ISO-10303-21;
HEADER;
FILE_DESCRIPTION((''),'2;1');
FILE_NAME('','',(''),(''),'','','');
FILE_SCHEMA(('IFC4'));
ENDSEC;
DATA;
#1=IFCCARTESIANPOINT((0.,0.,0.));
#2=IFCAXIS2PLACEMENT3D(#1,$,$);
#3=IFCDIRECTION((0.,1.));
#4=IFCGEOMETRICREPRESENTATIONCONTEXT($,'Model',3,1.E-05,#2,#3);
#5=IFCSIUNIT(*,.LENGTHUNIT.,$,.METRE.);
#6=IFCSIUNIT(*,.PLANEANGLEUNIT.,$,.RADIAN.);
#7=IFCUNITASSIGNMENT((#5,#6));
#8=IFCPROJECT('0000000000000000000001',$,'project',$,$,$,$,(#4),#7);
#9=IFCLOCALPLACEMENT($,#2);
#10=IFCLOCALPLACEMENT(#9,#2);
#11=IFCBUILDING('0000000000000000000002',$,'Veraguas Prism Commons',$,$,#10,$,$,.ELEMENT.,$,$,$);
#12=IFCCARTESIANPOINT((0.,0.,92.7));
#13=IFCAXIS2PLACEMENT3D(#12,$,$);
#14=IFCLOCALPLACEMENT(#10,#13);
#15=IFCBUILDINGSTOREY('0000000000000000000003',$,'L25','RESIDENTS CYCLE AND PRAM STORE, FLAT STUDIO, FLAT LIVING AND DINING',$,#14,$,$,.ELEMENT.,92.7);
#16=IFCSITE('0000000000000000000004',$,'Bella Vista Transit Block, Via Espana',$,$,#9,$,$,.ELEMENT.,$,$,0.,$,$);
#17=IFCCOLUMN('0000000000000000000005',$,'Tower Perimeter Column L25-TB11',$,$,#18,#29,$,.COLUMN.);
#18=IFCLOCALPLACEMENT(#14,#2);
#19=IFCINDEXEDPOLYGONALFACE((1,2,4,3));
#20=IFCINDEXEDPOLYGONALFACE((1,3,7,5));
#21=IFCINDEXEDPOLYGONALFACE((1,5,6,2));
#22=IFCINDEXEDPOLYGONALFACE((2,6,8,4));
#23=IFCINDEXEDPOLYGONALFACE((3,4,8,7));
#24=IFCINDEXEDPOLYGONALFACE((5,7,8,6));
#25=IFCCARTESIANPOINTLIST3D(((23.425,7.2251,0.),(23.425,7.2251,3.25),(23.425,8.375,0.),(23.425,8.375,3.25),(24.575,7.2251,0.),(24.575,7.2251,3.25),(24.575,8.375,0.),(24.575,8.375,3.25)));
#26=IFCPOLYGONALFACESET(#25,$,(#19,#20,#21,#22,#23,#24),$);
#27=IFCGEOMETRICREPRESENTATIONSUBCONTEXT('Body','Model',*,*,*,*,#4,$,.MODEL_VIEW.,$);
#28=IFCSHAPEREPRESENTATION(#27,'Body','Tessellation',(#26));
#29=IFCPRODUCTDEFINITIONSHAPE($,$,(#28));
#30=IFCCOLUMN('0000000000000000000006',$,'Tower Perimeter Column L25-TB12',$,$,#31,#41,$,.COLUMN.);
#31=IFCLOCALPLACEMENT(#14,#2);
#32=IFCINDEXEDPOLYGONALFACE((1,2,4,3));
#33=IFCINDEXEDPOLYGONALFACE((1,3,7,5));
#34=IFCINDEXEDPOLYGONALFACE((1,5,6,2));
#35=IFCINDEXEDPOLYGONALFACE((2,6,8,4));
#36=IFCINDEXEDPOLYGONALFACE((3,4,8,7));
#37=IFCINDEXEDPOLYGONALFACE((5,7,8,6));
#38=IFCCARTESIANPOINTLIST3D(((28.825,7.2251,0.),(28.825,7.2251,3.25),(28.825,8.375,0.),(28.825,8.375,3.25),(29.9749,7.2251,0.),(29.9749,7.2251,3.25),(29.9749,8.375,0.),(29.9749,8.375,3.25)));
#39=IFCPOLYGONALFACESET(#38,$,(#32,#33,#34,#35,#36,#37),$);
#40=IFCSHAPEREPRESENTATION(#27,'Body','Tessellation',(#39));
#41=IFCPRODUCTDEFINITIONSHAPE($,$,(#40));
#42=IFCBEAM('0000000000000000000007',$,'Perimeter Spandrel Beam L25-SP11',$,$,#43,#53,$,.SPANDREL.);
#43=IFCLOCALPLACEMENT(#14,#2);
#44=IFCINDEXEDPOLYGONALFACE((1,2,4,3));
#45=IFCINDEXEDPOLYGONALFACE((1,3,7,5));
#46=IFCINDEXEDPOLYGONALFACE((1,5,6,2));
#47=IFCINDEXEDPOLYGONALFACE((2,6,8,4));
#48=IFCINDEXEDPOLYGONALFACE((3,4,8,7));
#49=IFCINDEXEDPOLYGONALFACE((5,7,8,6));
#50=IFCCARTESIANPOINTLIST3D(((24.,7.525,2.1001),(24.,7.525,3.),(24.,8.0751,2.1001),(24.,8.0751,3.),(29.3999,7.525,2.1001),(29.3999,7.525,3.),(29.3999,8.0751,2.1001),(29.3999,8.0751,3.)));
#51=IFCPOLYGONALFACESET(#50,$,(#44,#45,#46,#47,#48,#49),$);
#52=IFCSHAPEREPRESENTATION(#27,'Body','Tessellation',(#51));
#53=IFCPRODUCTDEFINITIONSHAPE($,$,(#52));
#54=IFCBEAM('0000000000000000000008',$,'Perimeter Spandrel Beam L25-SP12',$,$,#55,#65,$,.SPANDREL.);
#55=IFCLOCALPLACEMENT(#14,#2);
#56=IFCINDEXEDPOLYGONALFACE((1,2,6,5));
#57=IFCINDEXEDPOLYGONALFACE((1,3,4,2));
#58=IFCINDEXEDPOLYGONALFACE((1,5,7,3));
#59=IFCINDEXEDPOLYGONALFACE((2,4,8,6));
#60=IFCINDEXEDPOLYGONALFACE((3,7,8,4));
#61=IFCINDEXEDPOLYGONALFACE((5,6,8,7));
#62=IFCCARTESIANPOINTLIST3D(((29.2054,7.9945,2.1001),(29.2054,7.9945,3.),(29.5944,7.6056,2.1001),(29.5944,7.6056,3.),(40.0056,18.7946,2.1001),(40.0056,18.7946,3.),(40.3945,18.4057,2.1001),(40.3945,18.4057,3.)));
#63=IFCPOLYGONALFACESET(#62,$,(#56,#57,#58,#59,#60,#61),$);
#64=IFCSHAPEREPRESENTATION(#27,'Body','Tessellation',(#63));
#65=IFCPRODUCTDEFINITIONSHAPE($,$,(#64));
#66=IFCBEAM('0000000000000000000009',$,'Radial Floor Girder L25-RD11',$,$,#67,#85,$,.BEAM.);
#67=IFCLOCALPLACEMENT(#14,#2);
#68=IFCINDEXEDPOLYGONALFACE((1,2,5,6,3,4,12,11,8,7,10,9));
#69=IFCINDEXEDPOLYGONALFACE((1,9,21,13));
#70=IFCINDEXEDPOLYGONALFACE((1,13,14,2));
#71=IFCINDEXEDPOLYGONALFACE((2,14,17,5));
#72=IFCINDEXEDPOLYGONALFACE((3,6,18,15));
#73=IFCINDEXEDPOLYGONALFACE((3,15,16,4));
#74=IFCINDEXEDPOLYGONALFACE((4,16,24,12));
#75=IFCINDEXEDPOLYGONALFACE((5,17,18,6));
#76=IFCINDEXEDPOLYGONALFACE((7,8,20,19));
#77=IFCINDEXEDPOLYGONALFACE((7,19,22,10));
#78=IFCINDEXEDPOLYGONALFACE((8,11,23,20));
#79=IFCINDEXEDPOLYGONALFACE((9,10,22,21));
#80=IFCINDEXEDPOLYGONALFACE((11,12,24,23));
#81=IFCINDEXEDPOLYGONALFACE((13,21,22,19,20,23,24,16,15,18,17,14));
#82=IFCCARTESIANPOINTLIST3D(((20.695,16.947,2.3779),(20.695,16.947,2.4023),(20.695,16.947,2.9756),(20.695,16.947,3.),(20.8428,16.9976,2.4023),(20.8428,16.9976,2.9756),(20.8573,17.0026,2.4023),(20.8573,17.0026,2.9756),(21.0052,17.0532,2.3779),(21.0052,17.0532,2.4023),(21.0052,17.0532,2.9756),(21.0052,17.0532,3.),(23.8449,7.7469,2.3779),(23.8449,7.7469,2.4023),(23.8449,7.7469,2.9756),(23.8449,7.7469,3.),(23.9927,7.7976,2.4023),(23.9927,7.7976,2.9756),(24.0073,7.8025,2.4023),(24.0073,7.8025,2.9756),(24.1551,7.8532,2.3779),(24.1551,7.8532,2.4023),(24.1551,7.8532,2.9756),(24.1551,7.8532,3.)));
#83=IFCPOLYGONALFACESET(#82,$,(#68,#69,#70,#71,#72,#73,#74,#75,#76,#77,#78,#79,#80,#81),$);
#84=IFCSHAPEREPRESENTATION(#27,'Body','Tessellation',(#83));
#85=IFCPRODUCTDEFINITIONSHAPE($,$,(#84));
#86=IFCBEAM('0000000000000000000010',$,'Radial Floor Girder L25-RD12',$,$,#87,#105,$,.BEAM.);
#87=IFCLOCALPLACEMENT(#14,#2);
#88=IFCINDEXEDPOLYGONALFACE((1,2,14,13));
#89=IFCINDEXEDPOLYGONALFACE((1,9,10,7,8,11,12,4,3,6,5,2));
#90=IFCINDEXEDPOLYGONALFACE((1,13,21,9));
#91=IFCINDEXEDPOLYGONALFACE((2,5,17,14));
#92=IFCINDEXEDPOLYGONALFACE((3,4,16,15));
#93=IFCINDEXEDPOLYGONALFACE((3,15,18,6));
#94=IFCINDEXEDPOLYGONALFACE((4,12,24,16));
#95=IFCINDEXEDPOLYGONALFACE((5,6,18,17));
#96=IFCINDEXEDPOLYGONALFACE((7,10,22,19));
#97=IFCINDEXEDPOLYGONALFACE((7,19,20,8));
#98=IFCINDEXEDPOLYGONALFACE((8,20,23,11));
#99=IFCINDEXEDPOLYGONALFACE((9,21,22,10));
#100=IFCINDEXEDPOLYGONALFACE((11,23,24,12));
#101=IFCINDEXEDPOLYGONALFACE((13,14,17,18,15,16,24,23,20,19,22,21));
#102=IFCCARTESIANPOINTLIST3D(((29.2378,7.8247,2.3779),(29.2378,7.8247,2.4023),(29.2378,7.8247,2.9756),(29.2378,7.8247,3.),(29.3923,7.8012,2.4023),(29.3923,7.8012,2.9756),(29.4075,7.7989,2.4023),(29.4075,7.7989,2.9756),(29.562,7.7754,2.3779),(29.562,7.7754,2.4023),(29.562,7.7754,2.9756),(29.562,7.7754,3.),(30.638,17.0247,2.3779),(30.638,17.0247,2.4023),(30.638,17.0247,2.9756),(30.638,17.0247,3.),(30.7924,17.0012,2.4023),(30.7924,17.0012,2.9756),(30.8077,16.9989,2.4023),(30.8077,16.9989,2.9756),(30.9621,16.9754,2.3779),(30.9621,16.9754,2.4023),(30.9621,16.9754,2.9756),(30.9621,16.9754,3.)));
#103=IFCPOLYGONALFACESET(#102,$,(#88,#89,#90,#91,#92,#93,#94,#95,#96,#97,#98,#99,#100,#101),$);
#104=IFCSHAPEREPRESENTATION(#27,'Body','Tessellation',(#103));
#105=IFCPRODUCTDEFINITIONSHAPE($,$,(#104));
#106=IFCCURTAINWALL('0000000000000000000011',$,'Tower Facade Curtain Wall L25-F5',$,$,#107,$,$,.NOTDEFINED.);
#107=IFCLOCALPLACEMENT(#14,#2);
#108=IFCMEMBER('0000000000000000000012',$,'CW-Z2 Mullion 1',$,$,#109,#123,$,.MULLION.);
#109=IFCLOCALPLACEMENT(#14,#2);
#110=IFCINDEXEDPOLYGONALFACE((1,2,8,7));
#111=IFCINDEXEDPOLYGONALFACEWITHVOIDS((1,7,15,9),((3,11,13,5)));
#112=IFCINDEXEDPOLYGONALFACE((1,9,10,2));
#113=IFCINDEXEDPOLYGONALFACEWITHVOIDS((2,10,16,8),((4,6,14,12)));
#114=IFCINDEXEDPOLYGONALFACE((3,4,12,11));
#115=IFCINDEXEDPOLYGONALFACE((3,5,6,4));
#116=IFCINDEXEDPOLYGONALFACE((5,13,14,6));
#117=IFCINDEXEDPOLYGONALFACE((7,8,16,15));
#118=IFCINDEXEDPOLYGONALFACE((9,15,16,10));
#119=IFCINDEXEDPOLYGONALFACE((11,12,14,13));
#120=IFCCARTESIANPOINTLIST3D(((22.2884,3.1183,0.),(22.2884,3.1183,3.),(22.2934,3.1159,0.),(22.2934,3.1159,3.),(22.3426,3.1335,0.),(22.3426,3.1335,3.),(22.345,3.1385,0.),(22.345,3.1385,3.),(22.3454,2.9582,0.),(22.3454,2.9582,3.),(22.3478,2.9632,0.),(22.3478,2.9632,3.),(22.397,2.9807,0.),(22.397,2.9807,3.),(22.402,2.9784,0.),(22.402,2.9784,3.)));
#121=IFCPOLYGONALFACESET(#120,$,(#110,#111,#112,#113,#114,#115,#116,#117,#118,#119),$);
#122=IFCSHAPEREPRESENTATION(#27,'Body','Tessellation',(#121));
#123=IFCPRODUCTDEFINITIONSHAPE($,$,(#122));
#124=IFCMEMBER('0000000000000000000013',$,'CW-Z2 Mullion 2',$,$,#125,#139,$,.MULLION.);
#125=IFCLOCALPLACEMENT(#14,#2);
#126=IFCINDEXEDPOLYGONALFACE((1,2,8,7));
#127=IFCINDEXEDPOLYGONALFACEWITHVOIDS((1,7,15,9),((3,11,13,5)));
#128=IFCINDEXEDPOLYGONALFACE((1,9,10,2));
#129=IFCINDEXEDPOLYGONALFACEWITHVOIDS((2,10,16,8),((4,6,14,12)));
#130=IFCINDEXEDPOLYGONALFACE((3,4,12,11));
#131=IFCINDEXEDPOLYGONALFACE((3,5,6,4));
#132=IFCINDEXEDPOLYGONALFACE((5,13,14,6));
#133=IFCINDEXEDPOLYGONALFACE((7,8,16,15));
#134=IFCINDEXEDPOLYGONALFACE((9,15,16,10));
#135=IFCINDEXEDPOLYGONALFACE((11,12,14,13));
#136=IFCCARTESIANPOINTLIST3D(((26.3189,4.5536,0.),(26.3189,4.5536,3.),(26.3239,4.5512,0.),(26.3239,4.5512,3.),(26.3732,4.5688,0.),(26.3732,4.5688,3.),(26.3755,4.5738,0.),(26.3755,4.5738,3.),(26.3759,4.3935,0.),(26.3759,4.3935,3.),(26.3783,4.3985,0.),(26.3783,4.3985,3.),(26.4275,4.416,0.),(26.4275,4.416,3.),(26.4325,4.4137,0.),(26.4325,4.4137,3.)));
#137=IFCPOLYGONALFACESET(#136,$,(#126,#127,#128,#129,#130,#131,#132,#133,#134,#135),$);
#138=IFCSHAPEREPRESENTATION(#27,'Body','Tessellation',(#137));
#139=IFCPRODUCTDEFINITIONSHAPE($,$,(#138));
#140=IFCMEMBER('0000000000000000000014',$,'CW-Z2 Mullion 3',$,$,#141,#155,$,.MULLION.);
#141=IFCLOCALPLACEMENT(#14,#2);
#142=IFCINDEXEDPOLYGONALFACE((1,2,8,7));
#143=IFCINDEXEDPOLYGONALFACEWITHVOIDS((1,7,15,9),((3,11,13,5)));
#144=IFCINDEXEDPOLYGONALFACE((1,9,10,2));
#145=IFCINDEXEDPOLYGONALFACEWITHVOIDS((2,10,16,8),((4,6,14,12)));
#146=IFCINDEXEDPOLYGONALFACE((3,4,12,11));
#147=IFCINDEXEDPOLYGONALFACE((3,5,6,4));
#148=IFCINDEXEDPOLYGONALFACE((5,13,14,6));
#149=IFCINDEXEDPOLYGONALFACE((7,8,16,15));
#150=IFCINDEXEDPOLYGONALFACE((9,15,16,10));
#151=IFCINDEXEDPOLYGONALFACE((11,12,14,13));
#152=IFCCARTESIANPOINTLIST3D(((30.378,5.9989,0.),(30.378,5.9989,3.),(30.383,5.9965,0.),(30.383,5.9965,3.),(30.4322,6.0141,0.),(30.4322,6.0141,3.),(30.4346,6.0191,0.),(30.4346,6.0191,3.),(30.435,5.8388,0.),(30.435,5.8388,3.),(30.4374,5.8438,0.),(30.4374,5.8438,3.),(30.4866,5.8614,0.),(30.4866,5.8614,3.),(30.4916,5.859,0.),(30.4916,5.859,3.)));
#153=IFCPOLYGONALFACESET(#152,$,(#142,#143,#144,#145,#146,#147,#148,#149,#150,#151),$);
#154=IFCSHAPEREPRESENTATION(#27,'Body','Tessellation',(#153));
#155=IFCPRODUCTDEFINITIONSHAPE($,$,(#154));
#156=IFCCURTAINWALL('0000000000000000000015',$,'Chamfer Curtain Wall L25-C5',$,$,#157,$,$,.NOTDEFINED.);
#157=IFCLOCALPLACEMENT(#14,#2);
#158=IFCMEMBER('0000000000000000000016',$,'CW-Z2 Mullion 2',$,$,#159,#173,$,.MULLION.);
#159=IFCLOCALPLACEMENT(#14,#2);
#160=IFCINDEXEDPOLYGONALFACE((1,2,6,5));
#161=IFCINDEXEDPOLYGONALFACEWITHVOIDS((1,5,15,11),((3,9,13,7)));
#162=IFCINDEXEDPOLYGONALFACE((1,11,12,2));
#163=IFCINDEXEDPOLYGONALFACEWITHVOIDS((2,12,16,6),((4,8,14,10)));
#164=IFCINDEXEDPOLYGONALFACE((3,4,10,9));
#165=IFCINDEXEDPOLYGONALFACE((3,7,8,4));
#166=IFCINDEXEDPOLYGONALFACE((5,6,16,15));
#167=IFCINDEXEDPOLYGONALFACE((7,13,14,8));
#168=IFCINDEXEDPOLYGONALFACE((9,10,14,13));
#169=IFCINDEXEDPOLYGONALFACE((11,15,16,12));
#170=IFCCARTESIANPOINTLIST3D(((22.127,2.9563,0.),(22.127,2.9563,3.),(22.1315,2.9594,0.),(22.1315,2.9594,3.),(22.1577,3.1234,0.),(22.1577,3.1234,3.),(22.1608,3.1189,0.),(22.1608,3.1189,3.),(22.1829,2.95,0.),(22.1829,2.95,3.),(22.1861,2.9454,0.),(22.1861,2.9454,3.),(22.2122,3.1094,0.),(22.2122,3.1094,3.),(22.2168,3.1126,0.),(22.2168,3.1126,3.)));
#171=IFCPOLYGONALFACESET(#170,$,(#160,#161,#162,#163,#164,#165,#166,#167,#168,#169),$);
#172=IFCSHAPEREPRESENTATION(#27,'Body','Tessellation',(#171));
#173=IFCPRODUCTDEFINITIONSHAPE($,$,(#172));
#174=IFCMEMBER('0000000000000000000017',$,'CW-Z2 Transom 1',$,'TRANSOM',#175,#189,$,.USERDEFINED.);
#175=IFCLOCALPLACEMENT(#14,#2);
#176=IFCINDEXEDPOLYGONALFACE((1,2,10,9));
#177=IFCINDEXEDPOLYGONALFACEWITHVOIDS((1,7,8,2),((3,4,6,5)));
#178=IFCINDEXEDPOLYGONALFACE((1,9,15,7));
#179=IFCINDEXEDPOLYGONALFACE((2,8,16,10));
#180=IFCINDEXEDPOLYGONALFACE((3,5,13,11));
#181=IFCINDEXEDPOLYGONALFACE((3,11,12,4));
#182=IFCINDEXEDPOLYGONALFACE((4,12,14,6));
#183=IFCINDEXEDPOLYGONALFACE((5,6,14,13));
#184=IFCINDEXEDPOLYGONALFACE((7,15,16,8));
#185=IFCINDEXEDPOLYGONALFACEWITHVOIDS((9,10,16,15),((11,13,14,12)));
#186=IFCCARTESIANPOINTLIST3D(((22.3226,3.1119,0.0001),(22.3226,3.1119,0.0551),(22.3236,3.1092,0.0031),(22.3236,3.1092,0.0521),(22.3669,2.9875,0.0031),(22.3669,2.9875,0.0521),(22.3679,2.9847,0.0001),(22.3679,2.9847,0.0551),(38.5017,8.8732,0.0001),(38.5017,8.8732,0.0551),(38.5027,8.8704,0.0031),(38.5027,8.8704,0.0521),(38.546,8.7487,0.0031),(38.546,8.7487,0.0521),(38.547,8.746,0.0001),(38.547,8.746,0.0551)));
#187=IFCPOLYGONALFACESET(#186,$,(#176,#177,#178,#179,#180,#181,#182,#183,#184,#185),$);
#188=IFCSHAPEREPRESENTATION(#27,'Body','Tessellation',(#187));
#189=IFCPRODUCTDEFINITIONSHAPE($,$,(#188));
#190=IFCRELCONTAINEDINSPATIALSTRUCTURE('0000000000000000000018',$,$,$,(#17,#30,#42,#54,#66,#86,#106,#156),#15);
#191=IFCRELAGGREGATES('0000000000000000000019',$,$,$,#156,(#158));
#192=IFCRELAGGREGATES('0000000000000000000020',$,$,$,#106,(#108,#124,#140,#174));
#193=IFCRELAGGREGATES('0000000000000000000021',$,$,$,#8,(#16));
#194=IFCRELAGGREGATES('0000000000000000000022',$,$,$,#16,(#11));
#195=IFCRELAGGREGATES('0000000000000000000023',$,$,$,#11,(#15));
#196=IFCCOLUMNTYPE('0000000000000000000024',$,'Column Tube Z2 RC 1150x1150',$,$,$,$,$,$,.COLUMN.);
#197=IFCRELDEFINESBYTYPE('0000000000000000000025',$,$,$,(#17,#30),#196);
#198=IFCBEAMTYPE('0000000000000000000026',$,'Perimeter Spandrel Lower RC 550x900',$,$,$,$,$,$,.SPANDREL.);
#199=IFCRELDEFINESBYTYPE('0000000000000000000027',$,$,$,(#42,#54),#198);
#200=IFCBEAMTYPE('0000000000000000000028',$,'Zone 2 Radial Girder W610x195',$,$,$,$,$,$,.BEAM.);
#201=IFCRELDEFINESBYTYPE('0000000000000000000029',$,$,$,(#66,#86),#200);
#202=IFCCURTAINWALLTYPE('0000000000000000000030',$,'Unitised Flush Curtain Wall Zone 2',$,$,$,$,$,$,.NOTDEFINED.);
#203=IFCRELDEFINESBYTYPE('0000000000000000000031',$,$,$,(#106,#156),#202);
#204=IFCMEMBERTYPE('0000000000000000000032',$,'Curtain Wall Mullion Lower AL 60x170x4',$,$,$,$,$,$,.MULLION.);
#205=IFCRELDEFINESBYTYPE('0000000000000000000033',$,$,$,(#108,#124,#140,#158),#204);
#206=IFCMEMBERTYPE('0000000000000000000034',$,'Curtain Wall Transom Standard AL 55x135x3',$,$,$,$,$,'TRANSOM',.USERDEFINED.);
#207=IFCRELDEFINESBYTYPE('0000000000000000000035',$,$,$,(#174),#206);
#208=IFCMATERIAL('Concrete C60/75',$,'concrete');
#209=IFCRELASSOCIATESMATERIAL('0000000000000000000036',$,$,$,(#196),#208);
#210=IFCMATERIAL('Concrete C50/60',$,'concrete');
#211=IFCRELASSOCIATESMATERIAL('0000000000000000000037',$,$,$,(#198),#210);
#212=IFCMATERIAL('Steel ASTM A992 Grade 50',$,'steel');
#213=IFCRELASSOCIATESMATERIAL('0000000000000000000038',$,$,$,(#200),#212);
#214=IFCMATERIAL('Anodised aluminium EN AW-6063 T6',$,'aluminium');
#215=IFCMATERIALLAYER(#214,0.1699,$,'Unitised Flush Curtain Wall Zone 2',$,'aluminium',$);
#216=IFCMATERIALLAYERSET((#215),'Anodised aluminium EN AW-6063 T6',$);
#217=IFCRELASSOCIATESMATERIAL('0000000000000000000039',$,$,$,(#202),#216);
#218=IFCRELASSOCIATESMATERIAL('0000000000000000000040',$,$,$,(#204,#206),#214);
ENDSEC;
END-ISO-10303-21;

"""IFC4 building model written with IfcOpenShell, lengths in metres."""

from ifc_helpers import new_model, si_unit, direction, frame, origin, origin_2d, place, context, subcontext, project, spatial, rectangle, hollow_rectangle, i_section, extrude, source, transform, mapped, material, layer, layer_set, material_profile, profile_set, type_object, element, aggregate, save


model = new_model("IFC4")

# Units and contexts
model_context = context("Model", 3, precision=1e-05, world=origin(), true_north=direction((0.0, 1.0)))
body_context = subcontext(model_context, "Body", "Model", "MODEL_VIEW")
ifc_project = project(units=[si_unit("LENGTHUNIT", "METRE"), si_unit("PLANEANGLEUNIT", "RADIAN")], contexts=[model_context])

# Site, building, storey
site_placement = place(None, origin())
site = spatial("IfcSite", under=ifc_project, at=site_placement, Name="Bella Vista Transit Block, Via Espana", CompositionType="ELEMENT", RefElevation=0.0)
building_placement = place(site_placement, origin())
building = spatial("IfcBuilding", under=site, at=building_placement, Name="Veraguas Prism Commons", CompositionType="ELEMENT")
storey_placement = place(building_placement, frame((0.0, 0.0, 92.7)))
storey = spatial("IfcBuildingStorey", under=building, at=storey_placement, Name="L25", Description="RESIDENTS CYCLE AND PRAM STORE, FLAT STUDIO, FLAT LIVING AND DINING", CompositionType="ELEMENT", Elevation=92.7)

# Columns
ifc_material_1 = material(Name="Concrete C60/75", Category="concrete")
ifc_material_profile_1 = material_profile(ifc_material_1, rectangle(XDim=1.1499, YDim=1.1499, at=origin_2d()), Name="RC1150X1150")
ifc_profile_set_1 = profile_set([ifc_material_profile_1], Name="Concrete C60/75")
column_type = type_object("IfcColumnType", Name="Column Tube Z2 RC 1150x1150", PredefinedType="COLUMN", material=ifc_profile_set_1)
for number, where, z_axis, x_axis, name in (
    (1, (24.0, 7.8, 0.0), (0.0, 0.0, 1.0), (1.0, 0.0, 0.0), "Tower Perimeter Column L25-TB11"),
    (2, (29.3999, 7.8, 0.0), (0.0, 0.0, 1.0), (1.0, 0.0, 0.0), "Tower Perimeter Column L25-TB12"),
):
    element("IfcColumn", number, at=place(storey_placement, frame(where, z_axis=z_axis, x_axis=x_axis)), inside=storey, type_object=column_type, Name=name, PredefinedType="COLUMN", context=body_context, shape_type="SweptSolid", body=[
        extrude(rectangle(XDim=1.1499, YDim=1.1499, at=origin_2d()), origin(), (0.0, 0.0, 1.0), 3.25),
    ])

# Beams
ifc_material_2 = material(Name="Concrete C50/60", Category="concrete")
ifc_material_profile_2 = material_profile(ifc_material_2, rectangle(XDim=0.55, YDim=0.8999, at=origin_2d()), Name="RC550X900")
ifc_profile_set_2 = profile_set([ifc_material_profile_2], Name="Concrete C50/60")
beam_type_1 = type_object("IfcBeamType", Name="Perimeter Spandrel Lower RC 550x900", PredefinedType="SPANDREL", material=ifc_profile_set_2)
beam_1_placement = place(storey_placement, frame((24.0, 7.8, 2.55), z_axis=(1.0, 0.0, 0.0), x_axis=(0.0, 1.0, 0.0)))
element("IfcBeam", 3, at=beam_1_placement, inside=storey, type_object=beam_type_1, Name="Perimeter Spandrel Beam L25-SP11", PredefinedType="SPANDREL", context=body_context, shape_type="SweptSolid", body=[
    extrude(rectangle(XDim=0.55, YDim=0.8999, at=origin_2d()), origin(), (0.0, 0.0, 1.0), 5.3999),
])
beam_2_placement = place(storey_placement, frame((29.3999, 7.8, 2.55), z_axis=(0.707107, 0.707107, 0.0), x_axis=(-0.707107, 0.707107, 0.0)))
element("IfcBeam", 4, at=beam_2_placement, inside=storey, type_object=beam_type_1, Name="Perimeter Spandrel Beam L25-SP12", PredefinedType="SPANDREL", context=body_context, shape_type="SweptSolid", body=[
    extrude(rectangle(XDim=0.55, YDim=0.8999, at=origin_2d()), origin(), (0.0, 0.0, 1.0), 15.2737),
])
ifc_material_3 = material(Name="Steel ASTM A992 Grade 50", Category="steel")
ifc_material_profile_3 = material_profile(ifc_material_3, i_section(OverallWidth=0.3279, OverallDepth=0.6221, WebThickness=0.0154, FlangeThickness=0.0244, at=origin_2d()), Name="W610X195")
ifc_profile_set_3 = profile_set([ifc_material_profile_3], Name="Steel ASTM A992 Grade 50")
beam_type_2 = type_object("IfcBeamType", Name="Zone 2 Radial Girder W610x195", PredefinedType="BEAM", material=ifc_profile_set_3)
beam_3_placement = place(storey_placement, frame((24.0, 7.8, 2.689), z_axis=(-0.323922, 0.946084, 0.0), x_axis=(-0.946084, -0.323922, 0.0)))
element("IfcBeam", 5, at=beam_3_placement, inside=storey, type_object=beam_type_2, Name="Radial Floor Girder L25-RD11", PredefinedType="BEAM", context=body_context, shape_type="SweptSolid", body=[
    extrude(i_section(OverallWidth=0.3279, OverallDepth=0.6221, WebThickness=0.0154, FlangeThickness=0.0244, at=origin_2d()), origin(), (0.0, 0.0, 1.0), 9.7244),
])
beam_4_placement = place(storey_placement, frame((29.3999, 7.8, 2.689), z_axis=(0.150458, 0.988616, 0.0), x_axis=(-0.988616, 0.150458, 0.0)))
element("IfcBeam", 6, at=beam_4_placement, inside=storey, type_object=beam_type_2, Name="Radial Floor Girder L25-RD12", PredefinedType="BEAM", context=body_context, shape_type="SweptSolid", body=[
    extrude(i_section(OverallWidth=0.3279, OverallDepth=0.6221, WebThickness=0.0154, FlangeThickness=0.0244, at=origin_2d()), origin(), (0.0, 0.0, 1.0), 9.3059),
])

# Curtain wall, members
ifc_material_4 = material(Name="Anodised aluminium EN AW-6063 T6", Category="aluminium")
ifc_layer_1 = layer(ifc_material_4, 0.1699, Name="Unitised Flush Curtain Wall Zone 2", Category="aluminium")
ifc_layer_set_1 = layer_set([ifc_layer_1], Name="Anodised aluminium EN AW-6063 T6")
curtain_wall_type = type_object("IfcCurtainWallType", Name="Unitised Flush Curtain Wall Zone 2", PredefinedType="NOTDEFINED", material=ifc_layer_set_1)
curtain_wall_1_placement = place(storey_placement, origin())
curtain_wall_1 = element("IfcCurtainWall", 7, at=curtain_wall_1_placement, inside=storey, type_object=curtain_wall_type, Name="Tower Facade Curtain Wall L25-F5", PredefinedType="NOTDEFINED")
ifc_material_profile_4 = material_profile(ifc_material_4, hollow_rectangle(XDim=0.0601, YDim=0.1699, WallThickness=0.0039, at=origin_2d()), Name="AL60X170X4")
ifc_profile_set_4 = profile_set([ifc_material_profile_4], Name="Anodised aluminium EN AW-6063 T6")
member_type_1 = type_object("IfcMemberType", Name="Curtain Wall Mullion Lower AL 60x170x4", PredefinedType="MULLION", material=ifc_profile_set_4)
shared_shape_1 = source(origin(), body_context, "Body", "SweptSolid", [
    extrude(hollow_rectangle(XDim=0.0601, YDim=0.1699, WallThickness=0.0039, at=origin_2d()), origin(), (0.0, 0.0, 1.0), 3.0),
])
member_1_placement = place(storey_placement, frame((22.3452, 3.0483, 0.0), z_axis=(0.0, 0.0, 1.0), x_axis=(0.942056, 0.335457, 0.0)))
member_1 = element("IfcMember", 8, at=member_1_placement, type_object=member_type_1, Name="CW-Z2 Mullion 1", PredefinedType="MULLION", context=body_context, shape_type="MappedRepresentation", body=[
    mapped(shared_shape_1, transform((0.0, 0.0, 0.0), scale=1.0)),
])
member_2_placement = place(storey_placement, frame((26.3757, 4.4836, 0.0), z_axis=(0.0, 0.0, 1.0), x_axis=(0.942056, 0.335457, 0.0)))
member_2 = element("IfcMember", 9, at=member_2_placement, type_object=member_type_1, Name="CW-Z2 Mullion 2", PredefinedType="MULLION", context=body_context, shape_type="MappedRepresentation", body=[
    mapped(shared_shape_1, transform((0.0, 0.0, 0.0), scale=1.0)),
])
member_3_placement = place(storey_placement, frame((30.4348, 5.929, 0.0), z_axis=(0.0, 0.0, 1.0), x_axis=(0.942056, 0.335457, 0.0)))
member_3 = element("IfcMember", 10, at=member_3_placement, type_object=member_type_1, Name="CW-Z2 Mullion 3", PredefinedType="MULLION", context=body_context, shape_type="MappedRepresentation", body=[
    mapped(shared_shape_1, transform((0.0, 0.0, 0.0), scale=1.0)),
])

# Curtain wall, member
curtain_wall_2_placement = place(storey_placement, origin())
curtain_wall_2 = element("IfcCurtainWall", 11, at=curtain_wall_2_placement, inside=storey, type_object=curtain_wall_type, Name="Chamfer Curtain Wall L25-C5", PredefinedType="NOTDEFINED")
member_4_placement = place(storey_placement, frame((22.1719, 3.0344, 0.0), z_axis=(0.0, 0.0, 1.0), x_axis=(0.983565, -0.180552, 0.0)))
member_4 = element("IfcMember", 12, at=member_4_placement, type_object=member_type_1, Name="CW-Z2 Mullion 2", PredefinedType="MULLION", context=body_context, shape_type="MappedRepresentation", body=[
    mapped(shared_shape_1, transform((0.0, 0.0, 0.0), scale=1.0)),
])
aggregate(curtain_wall_2, [member_4])

# Member
ifc_material_profile_5 = material_profile(ifc_material_4, hollow_rectangle(XDim=0.0549, YDim=0.135, WallThickness=0.0029, at=origin_2d()), Name="AL55X135X3")
ifc_profile_set_5 = profile_set([ifc_material_profile_5], Name="Anodised aluminium EN AW-6063 T6")
member_type_2 = type_object("IfcMemberType", Name="Curtain Wall Transom Standard AL 55x135x3", ElementType="TRANSOM", PredefinedType="USERDEFINED", material=ifc_profile_set_5)
shared_shape_2 = source(origin(), body_context, "Body", "SweptSolid", [
    extrude(hollow_rectangle(XDim=0.0549, YDim=0.135, WallThickness=0.0029, at=origin_2d()), origin(), (0.0, 0.0, 1.0), 17.1743),
])
member_5_placement = place(storey_placement, frame((22.3452, 3.0483, 0.0276), z_axis=(0.942056, 0.335456, 0.0), x_axis=(0.0, 0.0, 1.0)))
member_5 = element("IfcMember", 13, at=member_5_placement, type_object=member_type_2, Name="CW-Z2 Transom 1", ObjectType="TRANSOM", PredefinedType="USERDEFINED", context=body_context, shape_type="MappedRepresentation", body=[
    mapped(shared_shape_2, transform((0.0, 0.0, 0.0), scale=1.0)),
])

aggregate(curtain_wall_1, [member_1, member_2, member_3, member_5])

save(model, "model.ifc")
